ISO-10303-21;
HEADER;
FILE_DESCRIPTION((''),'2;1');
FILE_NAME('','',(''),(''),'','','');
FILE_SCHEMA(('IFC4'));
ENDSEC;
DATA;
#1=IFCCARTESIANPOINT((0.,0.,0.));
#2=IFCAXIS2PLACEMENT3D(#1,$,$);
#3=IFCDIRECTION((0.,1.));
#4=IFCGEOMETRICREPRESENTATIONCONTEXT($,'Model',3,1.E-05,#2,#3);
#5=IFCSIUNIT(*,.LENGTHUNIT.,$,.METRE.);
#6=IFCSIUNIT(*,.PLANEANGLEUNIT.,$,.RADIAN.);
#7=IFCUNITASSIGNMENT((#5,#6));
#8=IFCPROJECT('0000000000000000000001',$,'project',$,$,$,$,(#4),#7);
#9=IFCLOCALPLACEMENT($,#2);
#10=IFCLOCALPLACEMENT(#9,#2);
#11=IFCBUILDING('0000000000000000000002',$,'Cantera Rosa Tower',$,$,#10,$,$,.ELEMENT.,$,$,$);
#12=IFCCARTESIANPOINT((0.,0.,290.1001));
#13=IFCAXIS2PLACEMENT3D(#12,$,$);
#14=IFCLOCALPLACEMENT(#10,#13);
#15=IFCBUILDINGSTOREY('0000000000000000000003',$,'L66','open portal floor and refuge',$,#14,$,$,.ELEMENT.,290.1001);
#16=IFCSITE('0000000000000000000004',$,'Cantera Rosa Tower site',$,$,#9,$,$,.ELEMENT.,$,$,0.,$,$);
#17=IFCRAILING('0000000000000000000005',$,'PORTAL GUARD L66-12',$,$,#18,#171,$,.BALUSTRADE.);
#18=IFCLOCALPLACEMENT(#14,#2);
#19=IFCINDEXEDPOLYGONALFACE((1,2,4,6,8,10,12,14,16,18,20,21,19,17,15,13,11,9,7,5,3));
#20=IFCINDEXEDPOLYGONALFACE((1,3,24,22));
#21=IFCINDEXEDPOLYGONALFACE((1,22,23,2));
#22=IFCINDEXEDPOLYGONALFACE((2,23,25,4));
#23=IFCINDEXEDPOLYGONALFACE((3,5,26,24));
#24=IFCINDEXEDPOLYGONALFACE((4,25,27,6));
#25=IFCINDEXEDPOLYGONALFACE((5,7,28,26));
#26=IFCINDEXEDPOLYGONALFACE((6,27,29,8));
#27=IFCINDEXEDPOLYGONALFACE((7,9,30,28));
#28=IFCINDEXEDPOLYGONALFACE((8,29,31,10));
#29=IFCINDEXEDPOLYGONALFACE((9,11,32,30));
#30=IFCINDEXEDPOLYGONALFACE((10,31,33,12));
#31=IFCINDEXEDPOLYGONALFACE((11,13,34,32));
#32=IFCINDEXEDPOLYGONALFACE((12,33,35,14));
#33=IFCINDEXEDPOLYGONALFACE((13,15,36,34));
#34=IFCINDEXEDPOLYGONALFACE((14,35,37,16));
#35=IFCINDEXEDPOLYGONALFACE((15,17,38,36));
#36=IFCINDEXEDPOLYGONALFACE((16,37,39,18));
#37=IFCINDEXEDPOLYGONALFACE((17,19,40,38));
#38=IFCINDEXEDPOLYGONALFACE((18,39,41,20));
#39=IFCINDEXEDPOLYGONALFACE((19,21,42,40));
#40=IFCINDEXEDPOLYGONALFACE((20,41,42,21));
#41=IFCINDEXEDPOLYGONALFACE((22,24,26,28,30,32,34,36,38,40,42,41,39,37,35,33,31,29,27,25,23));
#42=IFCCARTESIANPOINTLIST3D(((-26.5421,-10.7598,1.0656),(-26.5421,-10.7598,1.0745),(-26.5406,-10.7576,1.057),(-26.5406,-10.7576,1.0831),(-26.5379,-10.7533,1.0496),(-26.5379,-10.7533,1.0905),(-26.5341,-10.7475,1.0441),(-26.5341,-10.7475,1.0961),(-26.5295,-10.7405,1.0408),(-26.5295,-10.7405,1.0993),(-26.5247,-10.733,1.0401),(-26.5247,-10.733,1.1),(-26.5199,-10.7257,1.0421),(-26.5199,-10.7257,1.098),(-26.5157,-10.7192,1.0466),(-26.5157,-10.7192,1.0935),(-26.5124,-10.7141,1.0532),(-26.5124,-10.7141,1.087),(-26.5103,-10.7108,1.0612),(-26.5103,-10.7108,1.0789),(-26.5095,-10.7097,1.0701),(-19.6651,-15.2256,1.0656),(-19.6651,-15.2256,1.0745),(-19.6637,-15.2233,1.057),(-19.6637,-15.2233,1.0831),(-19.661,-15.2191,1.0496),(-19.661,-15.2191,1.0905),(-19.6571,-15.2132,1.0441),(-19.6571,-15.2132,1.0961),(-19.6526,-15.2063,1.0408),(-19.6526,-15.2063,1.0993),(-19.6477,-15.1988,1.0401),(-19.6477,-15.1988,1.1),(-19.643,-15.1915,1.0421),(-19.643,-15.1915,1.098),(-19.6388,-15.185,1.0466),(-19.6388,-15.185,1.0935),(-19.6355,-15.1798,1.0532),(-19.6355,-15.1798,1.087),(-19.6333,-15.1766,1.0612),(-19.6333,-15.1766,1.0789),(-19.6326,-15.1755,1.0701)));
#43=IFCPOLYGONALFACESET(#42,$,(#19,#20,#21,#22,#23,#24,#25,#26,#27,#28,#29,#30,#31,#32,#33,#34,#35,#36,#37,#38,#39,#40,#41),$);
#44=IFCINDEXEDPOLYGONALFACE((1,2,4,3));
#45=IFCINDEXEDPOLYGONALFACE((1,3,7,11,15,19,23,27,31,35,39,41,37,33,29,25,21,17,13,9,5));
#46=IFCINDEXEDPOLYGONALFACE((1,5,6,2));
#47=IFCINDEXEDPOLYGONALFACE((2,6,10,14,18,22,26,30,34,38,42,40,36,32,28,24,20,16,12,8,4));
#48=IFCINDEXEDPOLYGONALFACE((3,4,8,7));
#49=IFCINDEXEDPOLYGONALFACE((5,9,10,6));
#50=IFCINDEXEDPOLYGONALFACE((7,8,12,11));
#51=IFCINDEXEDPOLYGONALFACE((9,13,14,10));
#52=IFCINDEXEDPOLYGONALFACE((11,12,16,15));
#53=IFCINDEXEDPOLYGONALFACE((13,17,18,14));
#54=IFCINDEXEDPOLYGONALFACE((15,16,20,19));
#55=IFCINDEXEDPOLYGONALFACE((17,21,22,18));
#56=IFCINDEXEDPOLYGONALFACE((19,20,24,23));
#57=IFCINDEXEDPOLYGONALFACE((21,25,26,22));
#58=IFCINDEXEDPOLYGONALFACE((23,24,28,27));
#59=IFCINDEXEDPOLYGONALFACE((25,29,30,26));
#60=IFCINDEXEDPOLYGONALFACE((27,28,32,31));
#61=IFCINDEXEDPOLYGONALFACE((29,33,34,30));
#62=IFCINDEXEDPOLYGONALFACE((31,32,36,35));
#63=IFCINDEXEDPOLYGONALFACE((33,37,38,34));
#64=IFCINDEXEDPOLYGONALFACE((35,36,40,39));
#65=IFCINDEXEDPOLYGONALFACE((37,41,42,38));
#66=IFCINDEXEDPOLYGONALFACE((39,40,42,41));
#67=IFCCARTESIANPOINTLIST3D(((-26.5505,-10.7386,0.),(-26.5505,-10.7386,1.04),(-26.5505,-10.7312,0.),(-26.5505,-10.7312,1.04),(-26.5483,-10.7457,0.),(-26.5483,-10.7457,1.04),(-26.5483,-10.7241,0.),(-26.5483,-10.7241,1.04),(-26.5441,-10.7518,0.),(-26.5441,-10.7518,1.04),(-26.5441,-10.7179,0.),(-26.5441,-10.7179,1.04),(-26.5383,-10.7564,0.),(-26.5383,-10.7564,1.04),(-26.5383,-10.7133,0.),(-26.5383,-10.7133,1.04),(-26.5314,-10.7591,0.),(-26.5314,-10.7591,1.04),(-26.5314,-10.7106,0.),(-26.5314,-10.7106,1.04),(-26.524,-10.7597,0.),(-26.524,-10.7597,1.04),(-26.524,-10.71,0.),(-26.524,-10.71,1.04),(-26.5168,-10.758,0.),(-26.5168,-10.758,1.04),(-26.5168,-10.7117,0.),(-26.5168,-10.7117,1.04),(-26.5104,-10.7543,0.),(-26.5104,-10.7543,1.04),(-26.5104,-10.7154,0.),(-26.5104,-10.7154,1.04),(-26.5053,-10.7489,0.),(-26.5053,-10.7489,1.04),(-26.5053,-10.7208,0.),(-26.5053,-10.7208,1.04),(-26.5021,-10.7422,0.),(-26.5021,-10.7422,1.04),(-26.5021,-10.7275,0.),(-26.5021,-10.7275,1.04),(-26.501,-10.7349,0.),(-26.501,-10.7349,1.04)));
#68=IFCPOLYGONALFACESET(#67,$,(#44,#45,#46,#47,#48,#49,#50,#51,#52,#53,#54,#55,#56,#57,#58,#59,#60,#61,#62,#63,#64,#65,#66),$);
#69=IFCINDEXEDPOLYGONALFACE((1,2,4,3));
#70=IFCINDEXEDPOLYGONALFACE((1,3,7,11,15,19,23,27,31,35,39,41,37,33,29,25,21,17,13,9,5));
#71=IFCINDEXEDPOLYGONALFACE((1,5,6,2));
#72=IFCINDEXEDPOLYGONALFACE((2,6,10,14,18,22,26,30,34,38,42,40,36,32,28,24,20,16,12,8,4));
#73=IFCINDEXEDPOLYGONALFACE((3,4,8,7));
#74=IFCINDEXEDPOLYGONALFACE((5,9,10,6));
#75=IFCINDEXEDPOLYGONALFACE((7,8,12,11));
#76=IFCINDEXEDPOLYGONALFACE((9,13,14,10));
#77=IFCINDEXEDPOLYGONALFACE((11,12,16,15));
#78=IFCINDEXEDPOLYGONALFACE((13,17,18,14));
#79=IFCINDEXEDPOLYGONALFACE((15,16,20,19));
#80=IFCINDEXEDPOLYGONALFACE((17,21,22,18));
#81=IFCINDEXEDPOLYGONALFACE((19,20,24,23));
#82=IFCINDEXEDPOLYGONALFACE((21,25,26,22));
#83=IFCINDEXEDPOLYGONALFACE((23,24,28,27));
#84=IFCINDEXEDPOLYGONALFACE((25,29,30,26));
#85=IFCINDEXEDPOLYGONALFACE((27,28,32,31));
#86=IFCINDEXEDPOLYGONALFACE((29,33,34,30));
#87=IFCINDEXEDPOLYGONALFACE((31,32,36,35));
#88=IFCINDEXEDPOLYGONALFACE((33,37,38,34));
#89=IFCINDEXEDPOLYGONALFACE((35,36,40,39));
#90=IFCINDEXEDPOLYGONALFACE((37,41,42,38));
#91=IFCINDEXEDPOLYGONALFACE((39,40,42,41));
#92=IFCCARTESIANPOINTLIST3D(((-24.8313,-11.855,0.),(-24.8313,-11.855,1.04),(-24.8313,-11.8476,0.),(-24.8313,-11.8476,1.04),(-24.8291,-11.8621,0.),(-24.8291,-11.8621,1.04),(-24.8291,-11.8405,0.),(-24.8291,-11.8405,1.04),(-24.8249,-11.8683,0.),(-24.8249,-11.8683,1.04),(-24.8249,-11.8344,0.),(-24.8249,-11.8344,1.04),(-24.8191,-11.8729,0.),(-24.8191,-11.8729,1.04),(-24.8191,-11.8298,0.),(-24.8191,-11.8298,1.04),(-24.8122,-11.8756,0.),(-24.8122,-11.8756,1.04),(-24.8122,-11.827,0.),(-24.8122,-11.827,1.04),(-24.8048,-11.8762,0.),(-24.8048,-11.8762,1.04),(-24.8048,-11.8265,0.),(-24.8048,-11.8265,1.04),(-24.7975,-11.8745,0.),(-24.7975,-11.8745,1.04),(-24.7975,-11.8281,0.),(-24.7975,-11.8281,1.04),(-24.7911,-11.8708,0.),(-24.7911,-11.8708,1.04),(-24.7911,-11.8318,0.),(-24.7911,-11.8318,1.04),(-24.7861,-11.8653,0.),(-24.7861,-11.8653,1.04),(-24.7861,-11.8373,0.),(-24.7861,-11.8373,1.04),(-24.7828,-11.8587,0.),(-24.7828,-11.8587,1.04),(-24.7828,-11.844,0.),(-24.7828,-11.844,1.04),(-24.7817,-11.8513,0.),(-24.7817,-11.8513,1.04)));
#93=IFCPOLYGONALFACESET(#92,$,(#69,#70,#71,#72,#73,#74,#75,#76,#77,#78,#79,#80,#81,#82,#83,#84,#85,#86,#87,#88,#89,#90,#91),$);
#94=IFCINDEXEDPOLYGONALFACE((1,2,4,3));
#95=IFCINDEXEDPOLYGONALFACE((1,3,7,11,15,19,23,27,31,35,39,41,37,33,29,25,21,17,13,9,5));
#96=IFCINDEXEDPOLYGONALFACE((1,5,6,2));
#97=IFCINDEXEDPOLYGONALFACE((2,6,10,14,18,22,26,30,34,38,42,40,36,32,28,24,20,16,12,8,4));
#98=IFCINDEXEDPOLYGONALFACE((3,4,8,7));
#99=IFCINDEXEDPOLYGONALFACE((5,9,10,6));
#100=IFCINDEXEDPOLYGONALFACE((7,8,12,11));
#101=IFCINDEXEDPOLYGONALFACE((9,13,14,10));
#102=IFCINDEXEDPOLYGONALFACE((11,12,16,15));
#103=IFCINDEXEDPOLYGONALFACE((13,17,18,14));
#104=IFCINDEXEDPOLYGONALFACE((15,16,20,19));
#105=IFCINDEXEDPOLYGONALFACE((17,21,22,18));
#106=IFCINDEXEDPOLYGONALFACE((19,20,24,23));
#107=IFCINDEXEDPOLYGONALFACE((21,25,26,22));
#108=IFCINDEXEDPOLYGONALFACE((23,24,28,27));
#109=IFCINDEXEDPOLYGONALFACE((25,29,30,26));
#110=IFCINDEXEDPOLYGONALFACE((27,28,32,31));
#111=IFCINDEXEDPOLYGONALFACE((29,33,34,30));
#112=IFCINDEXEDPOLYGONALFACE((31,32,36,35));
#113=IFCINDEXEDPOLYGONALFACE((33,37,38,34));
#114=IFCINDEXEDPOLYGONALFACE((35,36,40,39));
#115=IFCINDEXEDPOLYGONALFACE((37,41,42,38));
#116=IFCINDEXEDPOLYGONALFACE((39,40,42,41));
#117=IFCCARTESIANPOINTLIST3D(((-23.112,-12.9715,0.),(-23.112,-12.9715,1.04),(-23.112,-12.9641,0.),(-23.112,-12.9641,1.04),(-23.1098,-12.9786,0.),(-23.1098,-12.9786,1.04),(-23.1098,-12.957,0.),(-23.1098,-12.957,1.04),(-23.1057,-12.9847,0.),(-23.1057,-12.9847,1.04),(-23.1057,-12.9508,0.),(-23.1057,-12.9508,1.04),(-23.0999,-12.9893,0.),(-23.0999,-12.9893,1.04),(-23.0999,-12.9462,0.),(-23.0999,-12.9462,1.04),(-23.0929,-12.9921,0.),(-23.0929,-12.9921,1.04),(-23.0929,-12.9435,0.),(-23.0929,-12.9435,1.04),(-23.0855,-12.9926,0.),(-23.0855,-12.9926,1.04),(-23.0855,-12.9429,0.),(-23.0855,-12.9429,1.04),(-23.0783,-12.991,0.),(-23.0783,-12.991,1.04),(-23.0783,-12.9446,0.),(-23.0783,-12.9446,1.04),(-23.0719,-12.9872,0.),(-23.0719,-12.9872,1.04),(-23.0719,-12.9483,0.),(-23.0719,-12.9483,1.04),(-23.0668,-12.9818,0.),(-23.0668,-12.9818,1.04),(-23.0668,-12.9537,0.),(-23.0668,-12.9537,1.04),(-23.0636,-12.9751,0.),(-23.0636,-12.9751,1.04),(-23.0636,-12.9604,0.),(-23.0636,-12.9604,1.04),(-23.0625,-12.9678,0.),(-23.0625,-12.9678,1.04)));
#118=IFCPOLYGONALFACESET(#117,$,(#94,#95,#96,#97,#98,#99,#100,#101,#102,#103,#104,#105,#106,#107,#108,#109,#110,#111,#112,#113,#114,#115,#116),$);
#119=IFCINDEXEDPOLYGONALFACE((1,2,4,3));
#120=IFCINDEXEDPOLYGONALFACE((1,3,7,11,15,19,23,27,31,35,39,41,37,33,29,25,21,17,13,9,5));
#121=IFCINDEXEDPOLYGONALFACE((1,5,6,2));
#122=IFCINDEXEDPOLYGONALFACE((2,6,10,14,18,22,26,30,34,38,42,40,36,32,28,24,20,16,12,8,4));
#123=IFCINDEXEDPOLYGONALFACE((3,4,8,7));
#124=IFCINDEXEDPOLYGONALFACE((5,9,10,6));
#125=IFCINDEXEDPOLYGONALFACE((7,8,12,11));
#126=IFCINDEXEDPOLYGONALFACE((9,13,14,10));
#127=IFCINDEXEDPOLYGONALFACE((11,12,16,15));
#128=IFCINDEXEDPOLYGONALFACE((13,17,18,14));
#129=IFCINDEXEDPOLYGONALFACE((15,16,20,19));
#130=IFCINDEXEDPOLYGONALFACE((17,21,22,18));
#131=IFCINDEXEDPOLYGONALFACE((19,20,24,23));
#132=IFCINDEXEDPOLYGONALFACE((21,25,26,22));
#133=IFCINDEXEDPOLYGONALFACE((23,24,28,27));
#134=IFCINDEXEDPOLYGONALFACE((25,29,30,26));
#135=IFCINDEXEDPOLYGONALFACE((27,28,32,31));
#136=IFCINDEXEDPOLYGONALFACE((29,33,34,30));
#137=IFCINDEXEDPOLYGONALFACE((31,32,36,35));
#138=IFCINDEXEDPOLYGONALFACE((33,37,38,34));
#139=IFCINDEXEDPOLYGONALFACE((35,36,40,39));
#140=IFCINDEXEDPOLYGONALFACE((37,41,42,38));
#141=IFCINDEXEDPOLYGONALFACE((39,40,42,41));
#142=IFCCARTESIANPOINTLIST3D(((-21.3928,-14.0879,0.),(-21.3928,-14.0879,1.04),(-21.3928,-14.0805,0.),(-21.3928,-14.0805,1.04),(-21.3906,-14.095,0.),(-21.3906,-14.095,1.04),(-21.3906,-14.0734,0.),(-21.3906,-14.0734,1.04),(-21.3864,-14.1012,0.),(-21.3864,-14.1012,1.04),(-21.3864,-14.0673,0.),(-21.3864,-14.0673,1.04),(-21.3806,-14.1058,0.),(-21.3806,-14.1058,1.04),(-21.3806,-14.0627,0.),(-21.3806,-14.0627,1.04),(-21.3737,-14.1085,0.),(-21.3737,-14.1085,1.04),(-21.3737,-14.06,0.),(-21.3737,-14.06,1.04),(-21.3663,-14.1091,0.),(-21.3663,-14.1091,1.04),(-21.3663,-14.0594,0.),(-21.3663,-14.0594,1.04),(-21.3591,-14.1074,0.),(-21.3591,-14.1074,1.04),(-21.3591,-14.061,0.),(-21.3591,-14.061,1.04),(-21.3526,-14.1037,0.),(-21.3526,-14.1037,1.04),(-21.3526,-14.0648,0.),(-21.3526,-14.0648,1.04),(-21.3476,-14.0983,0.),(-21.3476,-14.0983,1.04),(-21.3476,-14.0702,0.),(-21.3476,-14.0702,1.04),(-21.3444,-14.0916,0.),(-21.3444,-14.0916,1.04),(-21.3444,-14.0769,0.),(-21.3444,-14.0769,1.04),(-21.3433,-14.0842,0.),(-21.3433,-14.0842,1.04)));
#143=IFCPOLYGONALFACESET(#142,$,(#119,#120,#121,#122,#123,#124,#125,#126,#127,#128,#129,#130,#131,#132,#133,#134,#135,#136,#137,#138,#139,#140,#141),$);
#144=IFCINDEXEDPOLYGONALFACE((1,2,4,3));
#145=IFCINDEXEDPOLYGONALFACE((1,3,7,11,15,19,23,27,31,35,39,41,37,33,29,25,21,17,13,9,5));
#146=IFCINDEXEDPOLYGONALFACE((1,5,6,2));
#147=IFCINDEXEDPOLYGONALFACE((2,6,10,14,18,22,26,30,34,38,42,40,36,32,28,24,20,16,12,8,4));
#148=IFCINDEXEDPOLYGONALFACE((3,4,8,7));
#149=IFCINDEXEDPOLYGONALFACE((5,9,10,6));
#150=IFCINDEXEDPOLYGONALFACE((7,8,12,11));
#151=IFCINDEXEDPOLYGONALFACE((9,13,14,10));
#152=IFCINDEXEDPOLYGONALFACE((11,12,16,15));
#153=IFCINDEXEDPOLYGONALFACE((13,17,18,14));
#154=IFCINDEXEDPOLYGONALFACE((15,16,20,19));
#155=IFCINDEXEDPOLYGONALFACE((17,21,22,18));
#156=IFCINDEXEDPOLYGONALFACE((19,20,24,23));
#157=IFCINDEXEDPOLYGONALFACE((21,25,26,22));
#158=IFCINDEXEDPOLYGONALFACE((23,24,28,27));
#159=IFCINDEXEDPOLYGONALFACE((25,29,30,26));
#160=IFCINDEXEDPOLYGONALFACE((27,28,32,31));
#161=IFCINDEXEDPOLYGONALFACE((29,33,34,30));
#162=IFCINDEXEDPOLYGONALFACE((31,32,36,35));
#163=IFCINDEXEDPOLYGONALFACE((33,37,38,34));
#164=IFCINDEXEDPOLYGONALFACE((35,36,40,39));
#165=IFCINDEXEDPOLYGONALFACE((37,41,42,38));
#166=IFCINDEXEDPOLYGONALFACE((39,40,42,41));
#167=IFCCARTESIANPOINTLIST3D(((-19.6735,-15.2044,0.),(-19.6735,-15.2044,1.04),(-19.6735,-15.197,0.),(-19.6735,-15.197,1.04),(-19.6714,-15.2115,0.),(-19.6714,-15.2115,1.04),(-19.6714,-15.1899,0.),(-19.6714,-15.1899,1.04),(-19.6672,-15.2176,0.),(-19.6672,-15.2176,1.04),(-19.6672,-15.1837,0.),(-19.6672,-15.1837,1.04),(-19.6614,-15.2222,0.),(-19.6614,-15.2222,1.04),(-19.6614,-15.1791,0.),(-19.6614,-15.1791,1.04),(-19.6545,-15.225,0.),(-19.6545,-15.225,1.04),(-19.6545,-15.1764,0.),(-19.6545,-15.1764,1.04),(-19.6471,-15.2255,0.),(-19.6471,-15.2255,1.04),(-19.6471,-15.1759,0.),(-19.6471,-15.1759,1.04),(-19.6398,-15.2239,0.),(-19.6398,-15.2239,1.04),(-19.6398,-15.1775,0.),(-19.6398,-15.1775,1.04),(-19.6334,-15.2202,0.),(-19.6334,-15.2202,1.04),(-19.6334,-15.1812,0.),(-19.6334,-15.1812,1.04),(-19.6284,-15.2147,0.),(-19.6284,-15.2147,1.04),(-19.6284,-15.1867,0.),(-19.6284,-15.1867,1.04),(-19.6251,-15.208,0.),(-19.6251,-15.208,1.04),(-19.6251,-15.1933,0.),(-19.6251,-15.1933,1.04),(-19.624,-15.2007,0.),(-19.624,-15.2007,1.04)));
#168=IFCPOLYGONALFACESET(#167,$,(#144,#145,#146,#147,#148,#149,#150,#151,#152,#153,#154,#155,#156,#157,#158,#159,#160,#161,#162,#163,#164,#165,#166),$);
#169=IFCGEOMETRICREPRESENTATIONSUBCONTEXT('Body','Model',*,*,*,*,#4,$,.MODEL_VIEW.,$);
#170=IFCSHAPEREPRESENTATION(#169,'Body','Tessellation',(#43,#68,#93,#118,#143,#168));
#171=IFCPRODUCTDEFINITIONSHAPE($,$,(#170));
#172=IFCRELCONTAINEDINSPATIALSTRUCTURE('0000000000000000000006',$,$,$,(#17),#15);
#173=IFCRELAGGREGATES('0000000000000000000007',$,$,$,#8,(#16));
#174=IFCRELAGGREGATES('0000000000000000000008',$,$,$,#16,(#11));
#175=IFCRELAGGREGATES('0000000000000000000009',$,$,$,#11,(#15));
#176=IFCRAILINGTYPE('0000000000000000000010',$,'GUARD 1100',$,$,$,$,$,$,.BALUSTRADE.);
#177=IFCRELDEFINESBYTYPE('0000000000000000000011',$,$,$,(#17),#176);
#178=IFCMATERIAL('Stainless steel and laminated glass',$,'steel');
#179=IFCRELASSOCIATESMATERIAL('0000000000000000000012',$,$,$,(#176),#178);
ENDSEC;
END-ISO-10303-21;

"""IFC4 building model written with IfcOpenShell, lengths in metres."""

from ifc_helpers import new_model, si_unit, direction, frame, origin, origin_2d, place, context, subcontext, project, spatial, circle, extrude, material, type_object, element, save


model = new_model("IFC4")

# Units and contexts
model_context = context("Model", 3, precision=1e-05, world=origin(), true_north=direction((0.0, 1.0)))
body_context = subcontext(model_context, "Body", "Model", "MODEL_VIEW")
ifc_project = project(units=[si_unit("LENGTHUNIT", "METRE"), si_unit("PLANEANGLEUNIT", "RADIAN")], contexts=[model_context])

# Site, building, storey
site_placement = place(None, origin())
site = spatial("IfcSite", under=ifc_project, at=site_placement, Name="Cantera Rosa Tower site", CompositionType="ELEMENT", RefElevation=0.0)
building_placement = place(site_placement, origin())
building = spatial("IfcBuilding", under=site, at=building_placement, Name="Cantera Rosa Tower", CompositionType="ELEMENT")
storey_placement = place(building_placement, frame((0.0, 0.0, 290.1001)))
storey = spatial("IfcBuildingStorey", under=building, at=storey_placement, Name="L66", Description="open portal floor and refuge", CompositionType="ELEMENT", Elevation=290.1001)

# Railing
ifc_material_1 = material(Name="Stainless steel and laminated glass", Category="steel")
railing_type_1 = type_object("IfcRailingType", Name="GUARD 1100", PredefinedType="BALUSTRADE", material=ifc_material_1)
railing_1_placement = place(storey_placement, frame((-26.5259, -10.7349, 0.0)))
element("IfcRailing", 1, at=railing_1_placement, inside=storey, type_object=railing_type_1, Name="PORTAL GUARD L66-12", PredefinedType="BALUSTRADE", context=body_context, shape_type="SweptSolid", body=[
    extrude(circle(Radius=0.03, at=origin_2d()), frame((0.0, 0.0, 1.0701), z_axis=(0.838678, -0.544628, 0.0), x_axis=(0.544628, 0.838678, 0.0)), (0.0, 0.0, 1.0), 8.1997),
    extrude(circle(Radius=0.0249, at=origin_2d()), origin(), (0.0, 0.0, 1.0), 1.04),
    extrude(circle(Radius=0.0249, at=origin_2d()), frame((1.7192, -1.1165, 0.0)), (0.0, 0.0, 1.0), 1.04),
    extrude(circle(Radius=0.0249, at=origin_2d()), frame((3.4385, -2.2329, 0.0)), (0.0, 0.0, 1.0), 1.04),
    extrude(circle(Radius=0.0249, at=origin_2d()), frame((5.1577, -3.3494, 0.0)), (0.0, 0.0, 1.0), 1.04),
    extrude(circle(Radius=0.0249, at=origin_2d()), frame((6.877, -4.4658, 0.0)), (0.0, 0.0, 1.0), 1.04),
])

save(model, "model.ifc")
